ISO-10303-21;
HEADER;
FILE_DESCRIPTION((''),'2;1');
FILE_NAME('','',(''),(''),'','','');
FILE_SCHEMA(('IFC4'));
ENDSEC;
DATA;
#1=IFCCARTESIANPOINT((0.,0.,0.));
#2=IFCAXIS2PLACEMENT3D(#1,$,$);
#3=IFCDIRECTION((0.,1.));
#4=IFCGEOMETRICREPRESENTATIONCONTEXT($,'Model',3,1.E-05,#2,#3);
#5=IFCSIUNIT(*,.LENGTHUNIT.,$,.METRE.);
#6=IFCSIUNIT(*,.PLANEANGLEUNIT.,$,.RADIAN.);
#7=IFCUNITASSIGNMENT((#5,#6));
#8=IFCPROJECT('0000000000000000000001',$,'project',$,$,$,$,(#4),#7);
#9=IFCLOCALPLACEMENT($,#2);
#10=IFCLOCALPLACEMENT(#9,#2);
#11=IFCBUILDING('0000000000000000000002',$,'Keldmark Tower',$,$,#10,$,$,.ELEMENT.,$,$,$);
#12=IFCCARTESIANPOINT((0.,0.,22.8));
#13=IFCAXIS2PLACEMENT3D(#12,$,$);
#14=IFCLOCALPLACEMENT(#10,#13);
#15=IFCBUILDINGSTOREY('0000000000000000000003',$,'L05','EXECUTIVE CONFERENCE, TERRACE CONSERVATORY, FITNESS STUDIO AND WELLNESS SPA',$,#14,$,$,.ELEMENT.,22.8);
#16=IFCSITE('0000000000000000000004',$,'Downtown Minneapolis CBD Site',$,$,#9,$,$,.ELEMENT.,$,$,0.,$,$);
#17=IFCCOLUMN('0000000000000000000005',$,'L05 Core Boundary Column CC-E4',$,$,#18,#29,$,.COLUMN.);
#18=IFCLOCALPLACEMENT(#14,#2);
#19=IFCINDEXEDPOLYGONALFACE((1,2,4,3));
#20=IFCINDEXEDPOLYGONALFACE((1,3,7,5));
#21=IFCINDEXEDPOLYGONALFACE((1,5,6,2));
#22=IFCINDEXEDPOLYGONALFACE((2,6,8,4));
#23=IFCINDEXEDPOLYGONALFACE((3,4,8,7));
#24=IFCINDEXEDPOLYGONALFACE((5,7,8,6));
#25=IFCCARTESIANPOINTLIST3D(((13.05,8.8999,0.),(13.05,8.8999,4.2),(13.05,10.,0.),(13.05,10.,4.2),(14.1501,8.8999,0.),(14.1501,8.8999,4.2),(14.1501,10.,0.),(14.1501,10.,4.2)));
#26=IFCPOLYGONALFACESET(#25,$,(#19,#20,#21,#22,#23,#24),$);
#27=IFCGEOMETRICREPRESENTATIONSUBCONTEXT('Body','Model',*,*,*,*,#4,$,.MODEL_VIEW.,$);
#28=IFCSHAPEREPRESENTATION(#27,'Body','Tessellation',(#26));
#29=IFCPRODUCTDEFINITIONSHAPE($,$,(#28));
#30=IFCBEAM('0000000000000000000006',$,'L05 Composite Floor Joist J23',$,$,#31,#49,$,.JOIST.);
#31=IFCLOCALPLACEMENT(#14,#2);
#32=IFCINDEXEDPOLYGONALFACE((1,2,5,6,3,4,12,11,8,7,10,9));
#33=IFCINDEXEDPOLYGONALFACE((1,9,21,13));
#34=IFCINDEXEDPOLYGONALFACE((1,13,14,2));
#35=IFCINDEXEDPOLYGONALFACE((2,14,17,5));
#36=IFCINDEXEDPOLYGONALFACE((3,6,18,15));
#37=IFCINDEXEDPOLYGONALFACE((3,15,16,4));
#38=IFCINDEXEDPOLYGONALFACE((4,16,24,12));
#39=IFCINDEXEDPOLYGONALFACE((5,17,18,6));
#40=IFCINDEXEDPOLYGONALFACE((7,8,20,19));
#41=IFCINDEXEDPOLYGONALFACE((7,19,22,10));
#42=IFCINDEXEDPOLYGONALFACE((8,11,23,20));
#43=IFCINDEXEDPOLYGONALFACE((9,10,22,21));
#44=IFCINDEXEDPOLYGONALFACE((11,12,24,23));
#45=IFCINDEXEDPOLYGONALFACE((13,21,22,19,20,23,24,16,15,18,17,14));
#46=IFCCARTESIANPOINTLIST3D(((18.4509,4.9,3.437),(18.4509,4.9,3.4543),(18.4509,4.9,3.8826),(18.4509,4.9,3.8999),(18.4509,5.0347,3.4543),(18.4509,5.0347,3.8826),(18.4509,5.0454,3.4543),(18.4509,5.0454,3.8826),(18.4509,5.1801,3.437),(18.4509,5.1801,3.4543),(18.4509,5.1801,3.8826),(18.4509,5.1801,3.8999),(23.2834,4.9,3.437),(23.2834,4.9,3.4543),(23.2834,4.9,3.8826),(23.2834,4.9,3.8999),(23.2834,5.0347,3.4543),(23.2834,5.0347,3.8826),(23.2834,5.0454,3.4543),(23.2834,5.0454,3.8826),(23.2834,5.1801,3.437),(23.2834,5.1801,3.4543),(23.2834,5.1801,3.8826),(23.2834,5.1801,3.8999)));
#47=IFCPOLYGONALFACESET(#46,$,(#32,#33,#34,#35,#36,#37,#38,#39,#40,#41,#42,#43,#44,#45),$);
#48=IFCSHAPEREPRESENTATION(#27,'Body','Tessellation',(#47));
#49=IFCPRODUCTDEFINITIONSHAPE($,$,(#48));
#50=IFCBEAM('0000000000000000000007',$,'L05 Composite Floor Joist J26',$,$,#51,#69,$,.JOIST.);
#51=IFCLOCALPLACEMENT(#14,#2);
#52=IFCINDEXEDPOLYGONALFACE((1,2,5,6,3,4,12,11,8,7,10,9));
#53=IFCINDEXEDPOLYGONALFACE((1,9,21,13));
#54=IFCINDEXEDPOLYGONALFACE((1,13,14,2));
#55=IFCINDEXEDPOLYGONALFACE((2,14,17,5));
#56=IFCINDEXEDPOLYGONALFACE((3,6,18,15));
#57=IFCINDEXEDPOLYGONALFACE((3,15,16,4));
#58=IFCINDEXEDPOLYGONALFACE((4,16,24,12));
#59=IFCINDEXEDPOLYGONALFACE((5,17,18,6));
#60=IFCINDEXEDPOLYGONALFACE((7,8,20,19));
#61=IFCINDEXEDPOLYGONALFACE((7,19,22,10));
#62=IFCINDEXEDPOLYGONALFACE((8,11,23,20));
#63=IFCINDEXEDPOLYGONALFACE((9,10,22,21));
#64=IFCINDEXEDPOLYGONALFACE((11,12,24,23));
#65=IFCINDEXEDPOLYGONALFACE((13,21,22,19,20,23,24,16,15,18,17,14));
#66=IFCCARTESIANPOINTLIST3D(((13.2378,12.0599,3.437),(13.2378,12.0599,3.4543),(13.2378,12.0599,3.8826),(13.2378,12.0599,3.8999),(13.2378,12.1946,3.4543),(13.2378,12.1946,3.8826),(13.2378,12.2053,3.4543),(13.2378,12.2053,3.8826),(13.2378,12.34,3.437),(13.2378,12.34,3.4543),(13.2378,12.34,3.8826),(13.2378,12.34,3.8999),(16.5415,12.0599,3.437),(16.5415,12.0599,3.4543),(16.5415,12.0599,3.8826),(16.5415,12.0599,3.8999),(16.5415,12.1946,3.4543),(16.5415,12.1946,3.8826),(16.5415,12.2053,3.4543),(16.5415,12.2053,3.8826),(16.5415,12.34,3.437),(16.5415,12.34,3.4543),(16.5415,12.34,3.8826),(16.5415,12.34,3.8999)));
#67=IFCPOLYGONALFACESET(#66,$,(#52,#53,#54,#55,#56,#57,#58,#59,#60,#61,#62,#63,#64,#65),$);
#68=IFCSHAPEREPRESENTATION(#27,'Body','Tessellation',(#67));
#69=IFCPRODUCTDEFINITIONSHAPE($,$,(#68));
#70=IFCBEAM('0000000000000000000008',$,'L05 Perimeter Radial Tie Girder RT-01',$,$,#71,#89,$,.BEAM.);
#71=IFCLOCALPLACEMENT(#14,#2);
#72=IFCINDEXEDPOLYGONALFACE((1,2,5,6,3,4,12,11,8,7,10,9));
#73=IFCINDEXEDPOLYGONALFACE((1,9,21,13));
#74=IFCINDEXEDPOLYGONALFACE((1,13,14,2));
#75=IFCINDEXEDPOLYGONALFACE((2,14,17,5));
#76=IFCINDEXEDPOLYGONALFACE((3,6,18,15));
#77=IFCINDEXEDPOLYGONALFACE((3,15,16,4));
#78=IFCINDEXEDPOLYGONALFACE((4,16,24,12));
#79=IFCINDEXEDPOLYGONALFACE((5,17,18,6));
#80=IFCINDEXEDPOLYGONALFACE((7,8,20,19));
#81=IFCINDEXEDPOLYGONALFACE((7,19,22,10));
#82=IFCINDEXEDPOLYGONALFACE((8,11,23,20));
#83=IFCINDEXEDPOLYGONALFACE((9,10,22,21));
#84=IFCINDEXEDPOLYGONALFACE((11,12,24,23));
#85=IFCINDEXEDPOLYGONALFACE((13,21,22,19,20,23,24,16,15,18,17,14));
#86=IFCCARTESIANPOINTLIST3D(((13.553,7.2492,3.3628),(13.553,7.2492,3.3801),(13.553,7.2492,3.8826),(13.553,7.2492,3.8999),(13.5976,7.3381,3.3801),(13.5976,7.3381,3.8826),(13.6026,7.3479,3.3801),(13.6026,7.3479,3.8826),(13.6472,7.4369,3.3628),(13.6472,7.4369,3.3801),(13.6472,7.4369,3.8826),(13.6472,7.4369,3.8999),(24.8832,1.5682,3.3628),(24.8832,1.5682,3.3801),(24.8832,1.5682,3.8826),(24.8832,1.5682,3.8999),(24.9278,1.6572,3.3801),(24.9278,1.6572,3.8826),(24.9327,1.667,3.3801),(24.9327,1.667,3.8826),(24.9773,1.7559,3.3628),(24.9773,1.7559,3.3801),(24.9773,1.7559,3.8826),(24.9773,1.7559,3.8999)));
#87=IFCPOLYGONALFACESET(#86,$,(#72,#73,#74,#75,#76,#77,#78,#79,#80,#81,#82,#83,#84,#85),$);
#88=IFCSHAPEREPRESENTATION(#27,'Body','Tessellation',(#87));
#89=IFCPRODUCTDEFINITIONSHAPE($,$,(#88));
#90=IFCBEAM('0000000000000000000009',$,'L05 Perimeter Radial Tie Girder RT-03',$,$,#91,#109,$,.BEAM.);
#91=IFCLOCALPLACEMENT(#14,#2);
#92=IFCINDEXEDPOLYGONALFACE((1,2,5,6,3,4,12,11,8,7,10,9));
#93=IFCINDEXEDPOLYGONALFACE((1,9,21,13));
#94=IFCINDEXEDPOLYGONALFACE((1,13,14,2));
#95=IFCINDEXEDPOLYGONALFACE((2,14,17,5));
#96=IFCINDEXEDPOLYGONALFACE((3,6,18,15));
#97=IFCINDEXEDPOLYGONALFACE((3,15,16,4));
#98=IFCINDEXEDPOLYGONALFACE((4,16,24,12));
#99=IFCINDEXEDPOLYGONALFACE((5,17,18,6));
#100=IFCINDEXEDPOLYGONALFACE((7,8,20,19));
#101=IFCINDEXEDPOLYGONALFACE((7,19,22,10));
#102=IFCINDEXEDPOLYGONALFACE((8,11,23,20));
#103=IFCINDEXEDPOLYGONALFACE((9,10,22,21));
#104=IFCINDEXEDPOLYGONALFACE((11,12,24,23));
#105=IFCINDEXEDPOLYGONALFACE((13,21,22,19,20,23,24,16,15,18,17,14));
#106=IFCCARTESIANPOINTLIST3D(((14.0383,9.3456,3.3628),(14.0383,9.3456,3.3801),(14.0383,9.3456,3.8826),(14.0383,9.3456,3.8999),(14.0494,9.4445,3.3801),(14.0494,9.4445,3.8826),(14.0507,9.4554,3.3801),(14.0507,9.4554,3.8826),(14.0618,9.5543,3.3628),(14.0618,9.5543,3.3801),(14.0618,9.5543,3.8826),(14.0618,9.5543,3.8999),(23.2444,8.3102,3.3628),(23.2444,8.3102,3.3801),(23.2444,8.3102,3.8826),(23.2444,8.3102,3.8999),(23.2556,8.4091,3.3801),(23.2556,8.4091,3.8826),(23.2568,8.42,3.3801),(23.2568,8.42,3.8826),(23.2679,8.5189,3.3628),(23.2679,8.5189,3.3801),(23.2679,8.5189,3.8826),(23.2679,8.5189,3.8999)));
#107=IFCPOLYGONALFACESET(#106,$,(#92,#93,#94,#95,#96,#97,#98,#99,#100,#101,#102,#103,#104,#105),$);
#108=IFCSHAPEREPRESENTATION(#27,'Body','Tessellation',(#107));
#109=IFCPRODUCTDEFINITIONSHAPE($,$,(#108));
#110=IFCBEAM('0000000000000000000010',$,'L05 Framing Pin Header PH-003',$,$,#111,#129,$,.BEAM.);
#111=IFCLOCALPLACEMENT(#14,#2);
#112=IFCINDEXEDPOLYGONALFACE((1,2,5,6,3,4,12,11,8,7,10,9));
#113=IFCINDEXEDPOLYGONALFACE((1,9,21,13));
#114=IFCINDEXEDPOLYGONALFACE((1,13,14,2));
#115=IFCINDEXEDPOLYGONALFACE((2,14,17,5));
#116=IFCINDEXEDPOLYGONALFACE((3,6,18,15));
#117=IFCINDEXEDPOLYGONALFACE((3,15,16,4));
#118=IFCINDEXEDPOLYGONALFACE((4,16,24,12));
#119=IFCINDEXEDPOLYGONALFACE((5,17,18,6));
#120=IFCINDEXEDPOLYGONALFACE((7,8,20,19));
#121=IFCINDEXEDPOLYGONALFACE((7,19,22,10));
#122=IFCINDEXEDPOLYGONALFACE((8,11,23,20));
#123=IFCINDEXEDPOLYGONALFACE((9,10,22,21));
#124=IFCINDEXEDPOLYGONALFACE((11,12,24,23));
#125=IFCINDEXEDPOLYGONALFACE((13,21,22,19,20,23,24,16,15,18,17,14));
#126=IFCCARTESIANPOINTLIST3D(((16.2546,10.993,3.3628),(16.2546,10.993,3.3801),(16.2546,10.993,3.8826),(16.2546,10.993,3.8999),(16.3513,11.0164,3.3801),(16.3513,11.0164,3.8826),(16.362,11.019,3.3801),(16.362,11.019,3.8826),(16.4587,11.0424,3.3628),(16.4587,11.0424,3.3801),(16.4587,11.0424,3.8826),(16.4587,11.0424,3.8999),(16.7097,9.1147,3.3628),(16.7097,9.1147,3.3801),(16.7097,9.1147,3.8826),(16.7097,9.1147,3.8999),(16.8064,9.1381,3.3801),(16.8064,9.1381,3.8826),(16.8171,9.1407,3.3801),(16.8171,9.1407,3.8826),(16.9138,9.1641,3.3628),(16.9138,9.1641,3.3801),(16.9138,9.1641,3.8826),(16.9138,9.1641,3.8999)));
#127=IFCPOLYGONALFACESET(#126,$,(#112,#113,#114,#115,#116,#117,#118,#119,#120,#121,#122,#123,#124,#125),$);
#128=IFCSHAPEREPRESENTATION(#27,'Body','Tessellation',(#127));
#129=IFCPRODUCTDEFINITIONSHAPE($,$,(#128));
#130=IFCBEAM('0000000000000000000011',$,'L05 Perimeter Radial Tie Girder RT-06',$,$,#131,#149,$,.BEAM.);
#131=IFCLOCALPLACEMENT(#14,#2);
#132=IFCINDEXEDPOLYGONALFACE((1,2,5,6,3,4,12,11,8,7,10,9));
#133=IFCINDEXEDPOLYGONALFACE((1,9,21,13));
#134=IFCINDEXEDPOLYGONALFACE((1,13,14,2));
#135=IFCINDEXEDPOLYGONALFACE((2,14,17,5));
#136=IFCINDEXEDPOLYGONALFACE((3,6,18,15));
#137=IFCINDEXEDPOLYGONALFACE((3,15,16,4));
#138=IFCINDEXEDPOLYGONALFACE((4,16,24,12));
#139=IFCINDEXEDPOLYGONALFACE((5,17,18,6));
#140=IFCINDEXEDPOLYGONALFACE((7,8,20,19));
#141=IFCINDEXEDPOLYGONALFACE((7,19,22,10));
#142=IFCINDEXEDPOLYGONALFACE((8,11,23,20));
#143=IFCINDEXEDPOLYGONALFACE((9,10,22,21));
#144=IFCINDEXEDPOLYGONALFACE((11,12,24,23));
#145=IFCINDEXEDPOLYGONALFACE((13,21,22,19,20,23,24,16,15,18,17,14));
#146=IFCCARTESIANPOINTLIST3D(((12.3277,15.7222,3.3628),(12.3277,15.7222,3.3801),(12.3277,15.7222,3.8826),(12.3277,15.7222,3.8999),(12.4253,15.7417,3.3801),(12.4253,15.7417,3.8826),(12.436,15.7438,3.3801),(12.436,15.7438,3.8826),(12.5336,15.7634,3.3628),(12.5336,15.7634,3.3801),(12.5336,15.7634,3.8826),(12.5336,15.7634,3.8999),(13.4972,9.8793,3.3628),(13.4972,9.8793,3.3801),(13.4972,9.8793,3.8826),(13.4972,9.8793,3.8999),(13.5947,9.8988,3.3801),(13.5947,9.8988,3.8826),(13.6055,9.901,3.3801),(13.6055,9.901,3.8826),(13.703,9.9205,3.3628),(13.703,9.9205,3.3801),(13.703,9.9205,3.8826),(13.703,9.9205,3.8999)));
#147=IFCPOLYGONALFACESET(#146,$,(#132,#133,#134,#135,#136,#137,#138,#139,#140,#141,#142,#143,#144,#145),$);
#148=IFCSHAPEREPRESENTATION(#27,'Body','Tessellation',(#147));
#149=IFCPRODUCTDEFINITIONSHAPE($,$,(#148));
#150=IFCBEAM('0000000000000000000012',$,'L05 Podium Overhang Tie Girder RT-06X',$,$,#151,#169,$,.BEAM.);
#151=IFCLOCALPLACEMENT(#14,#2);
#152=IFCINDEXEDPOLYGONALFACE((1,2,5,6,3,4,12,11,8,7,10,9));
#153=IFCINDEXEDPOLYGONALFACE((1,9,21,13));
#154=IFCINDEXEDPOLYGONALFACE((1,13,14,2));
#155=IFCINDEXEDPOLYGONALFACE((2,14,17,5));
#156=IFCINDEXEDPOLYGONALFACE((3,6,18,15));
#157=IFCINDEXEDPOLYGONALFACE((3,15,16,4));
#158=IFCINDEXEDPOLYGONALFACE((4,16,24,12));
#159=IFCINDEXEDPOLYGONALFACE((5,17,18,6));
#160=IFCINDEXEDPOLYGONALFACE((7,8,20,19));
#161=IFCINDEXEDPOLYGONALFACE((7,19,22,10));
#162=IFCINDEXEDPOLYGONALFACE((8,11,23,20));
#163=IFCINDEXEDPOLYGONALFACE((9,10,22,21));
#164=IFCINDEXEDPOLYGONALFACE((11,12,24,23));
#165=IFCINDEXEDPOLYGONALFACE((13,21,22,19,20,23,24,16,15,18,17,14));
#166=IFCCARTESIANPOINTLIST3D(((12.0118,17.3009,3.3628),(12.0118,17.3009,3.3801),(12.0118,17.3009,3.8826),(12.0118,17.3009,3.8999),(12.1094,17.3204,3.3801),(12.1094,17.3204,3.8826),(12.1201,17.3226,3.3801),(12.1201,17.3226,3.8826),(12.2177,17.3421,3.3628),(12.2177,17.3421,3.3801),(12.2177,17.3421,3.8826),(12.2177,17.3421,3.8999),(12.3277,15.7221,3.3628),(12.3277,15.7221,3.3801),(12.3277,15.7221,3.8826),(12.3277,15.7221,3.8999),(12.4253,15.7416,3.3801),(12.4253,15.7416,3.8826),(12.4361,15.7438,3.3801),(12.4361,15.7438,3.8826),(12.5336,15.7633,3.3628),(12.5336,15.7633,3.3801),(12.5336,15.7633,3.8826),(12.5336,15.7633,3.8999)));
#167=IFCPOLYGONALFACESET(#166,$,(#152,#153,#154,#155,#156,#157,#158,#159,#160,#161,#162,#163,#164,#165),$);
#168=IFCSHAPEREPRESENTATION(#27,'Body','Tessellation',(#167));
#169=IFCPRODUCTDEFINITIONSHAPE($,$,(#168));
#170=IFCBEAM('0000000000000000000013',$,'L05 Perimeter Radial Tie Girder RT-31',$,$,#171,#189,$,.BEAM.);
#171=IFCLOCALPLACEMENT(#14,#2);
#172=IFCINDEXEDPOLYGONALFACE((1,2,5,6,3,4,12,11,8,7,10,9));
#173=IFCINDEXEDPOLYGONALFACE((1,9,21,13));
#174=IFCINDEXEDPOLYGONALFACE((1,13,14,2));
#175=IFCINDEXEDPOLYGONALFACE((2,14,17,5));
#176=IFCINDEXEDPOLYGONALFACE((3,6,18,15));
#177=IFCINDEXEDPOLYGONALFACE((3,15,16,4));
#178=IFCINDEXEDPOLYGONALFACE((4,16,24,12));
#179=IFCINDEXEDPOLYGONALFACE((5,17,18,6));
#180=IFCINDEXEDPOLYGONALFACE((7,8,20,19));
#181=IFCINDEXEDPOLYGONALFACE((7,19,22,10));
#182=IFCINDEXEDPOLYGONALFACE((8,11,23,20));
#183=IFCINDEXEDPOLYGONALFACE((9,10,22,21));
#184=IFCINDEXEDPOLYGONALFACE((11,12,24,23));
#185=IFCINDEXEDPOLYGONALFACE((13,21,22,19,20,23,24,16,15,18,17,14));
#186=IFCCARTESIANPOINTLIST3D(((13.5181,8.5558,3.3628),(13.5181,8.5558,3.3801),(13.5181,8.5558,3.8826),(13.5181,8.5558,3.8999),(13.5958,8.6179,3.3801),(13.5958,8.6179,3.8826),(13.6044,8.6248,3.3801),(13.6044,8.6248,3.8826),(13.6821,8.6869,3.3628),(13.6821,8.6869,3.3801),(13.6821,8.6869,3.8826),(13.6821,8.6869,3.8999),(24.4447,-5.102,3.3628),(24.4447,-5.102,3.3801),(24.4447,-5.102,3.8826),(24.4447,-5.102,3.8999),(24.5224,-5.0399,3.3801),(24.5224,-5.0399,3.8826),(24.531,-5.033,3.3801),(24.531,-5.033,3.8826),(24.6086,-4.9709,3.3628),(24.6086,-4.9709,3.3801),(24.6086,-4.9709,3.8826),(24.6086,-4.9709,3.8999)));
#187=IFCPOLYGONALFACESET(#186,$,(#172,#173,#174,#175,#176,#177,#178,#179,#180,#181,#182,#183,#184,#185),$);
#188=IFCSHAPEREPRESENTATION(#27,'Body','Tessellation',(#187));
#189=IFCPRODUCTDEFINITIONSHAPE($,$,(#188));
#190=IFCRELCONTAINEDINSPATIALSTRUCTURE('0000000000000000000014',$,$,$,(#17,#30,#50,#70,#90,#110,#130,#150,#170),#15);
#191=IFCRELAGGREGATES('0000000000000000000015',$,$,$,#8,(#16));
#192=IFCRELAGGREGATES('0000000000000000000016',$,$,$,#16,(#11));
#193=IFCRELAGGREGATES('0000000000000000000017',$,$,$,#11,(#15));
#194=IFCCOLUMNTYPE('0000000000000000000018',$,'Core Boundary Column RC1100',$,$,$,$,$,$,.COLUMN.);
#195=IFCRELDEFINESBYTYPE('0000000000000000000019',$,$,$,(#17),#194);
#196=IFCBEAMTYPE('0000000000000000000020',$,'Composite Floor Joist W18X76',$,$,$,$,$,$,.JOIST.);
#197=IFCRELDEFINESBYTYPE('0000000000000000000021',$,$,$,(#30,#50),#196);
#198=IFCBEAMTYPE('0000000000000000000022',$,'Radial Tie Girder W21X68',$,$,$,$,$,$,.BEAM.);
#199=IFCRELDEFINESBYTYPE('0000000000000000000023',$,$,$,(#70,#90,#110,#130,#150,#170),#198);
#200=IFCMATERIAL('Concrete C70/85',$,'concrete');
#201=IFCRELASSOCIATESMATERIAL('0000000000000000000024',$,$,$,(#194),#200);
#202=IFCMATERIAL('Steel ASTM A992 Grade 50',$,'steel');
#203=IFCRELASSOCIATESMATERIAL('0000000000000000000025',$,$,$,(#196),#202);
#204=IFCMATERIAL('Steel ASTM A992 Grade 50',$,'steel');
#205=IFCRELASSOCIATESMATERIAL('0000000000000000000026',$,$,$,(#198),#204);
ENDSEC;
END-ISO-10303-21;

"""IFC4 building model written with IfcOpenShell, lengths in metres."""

from ifc_helpers import new_model, si_unit, direction, frame, origin, origin_2d, place, context, subcontext, project, spatial, rectangle, i_section, extrude, material, material_profile, profile_set, type_object, element, save


model = new_model("IFC4")

# Units and contexts
model_context = context("Model", 3, precision=1e-05, world=origin(), true_north=direction((0.0, 1.0)))
body_context = subcontext(model_context, "Body", "Model", "MODEL_VIEW")
ifc_project = project(units=[si_unit("LENGTHUNIT", "METRE"), si_unit("PLANEANGLEUNIT", "RADIAN")], contexts=[model_context])

# Site, building, storey
site_placement = place(None, origin())
site = spatial("IfcSite", under=ifc_project, at=site_placement, Name="Downtown Minneapolis CBD Site", CompositionType="ELEMENT", RefElevation=0.0)
building_placement = place(site_placement, origin())
building = spatial("IfcBuilding", under=site, at=building_placement, Name="Keldmark Tower", CompositionType="ELEMENT")
storey_placement = place(building_placement, frame((0.0, 0.0, 22.8)))
storey = spatial("IfcBuildingStorey", under=building, at=storey_placement, Name="L05", Description="EXECUTIVE CONFERENCE, TERRACE CONSERVATORY, FITNESS STUDIO AND WELLNESS SPA", CompositionType="ELEMENT", Elevation=22.8)

# Column
ifc_material_1 = material(Name="Concrete C70/85", Category="concrete")
ifc_material_profile_1 = material_profile(ifc_material_1, rectangle(XDim=1.1001, YDim=1.1001, at=origin_2d()), Name="RC1100X1100")
ifc_profile_set_1 = profile_set([ifc_material_profile_1], Name="Concrete C70/85")
column_type = type_object("IfcColumnType", Name="Core Boundary Column RC1100", PredefinedType="COLUMN", material=ifc_profile_set_1)
column_placement = place(storey_placement, frame((13.6001, 9.45, 0.0), z_axis=(0.0, 0.0, 1.0), x_axis=(1.0, 0.0, 0.0)))
element("IfcColumn", 1, at=column_placement, inside=storey, type_object=column_type, Name="L05 Core Boundary Column CC-E4", PredefinedType="COLUMN", context=body_context, shape_type="SweptSolid", body=[
    extrude(rectangle(XDim=1.1001, YDim=1.1001, at=origin_2d()), origin(), (0.0, 0.0, 1.0), 4.2),
])

# Beams
ifc_material_2 = material(Name="Steel ASTM A992 Grade 50", Category="steel")
ifc_material_profile_2 = material_profile(ifc_material_2, i_section(OverallWidth=0.28, OverallDepth=0.4629, WebThickness=0.0107, FlangeThickness=0.0173, at=origin_2d()), Name="W18X76")
ifc_profile_set_2 = profile_set([ifc_material_profile_2], Name="Steel ASTM A992 Grade 50")
beam_type_1 = type_object("IfcBeamType", Name="Composite Floor Joist W18X76", PredefinedType="JOIST", material=ifc_profile_set_2)
beam_1_placement = place(storey_placement, frame((18.4509, 5.04, 3.6685), z_axis=(1.0, 0.0, 0.0), x_axis=(0.0, 1.0, 0.0)))
element("IfcBeam", 2, at=beam_1_placement, inside=storey, type_object=beam_type_1, Name="L05 Composite Floor Joist J23", PredefinedType="JOIST", context=body_context, shape_type="SweptSolid", body=[
    extrude(i_section(OverallWidth=0.28, OverallDepth=0.4629, WebThickness=0.0107, FlangeThickness=0.0173, at=origin_2d()), origin(), (0.0, 0.0, 1.0), 4.8325),
])
beam_2_placement = place(storey_placement, frame((13.2378, 12.2, 3.6685), z_axis=(1.0, 0.0, 0.0), x_axis=(0.0, 1.0, 0.0)))
element("IfcBeam", 3, at=beam_2_placement, inside=storey, type_object=beam_type_1, Name="L05 Composite Floor Joist J26", PredefinedType="JOIST", context=body_context, shape_type="SweptSolid", body=[
    extrude(i_section(OverallWidth=0.28, OverallDepth=0.4629, WebThickness=0.0107, FlangeThickness=0.0173, at=origin_2d()), origin(), (0.0, 0.0, 1.0), 3.3037),
])
ifc_material_3 = material(Name="Steel ASTM A992 Grade 50", Category="steel")
ifc_material_profile_3 = material_profile(ifc_material_3, i_section(OverallWidth=0.21, OverallDepth=0.5371, WebThickness=0.011, FlangeThickness=0.0173, at=origin_2d()), Name="W21X68")
ifc_profile_set_3 = profile_set([ifc_material_profile_3], Name="Steel ASTM A992 Grade 50")
beam_type_2 = type_object("IfcBeamType", Name="Radial Tie Girder W21X68", PredefinedType="BEAM", material=ifc_profile_set_3)
beam_3_placement = place(storey_placement, frame((13.6001, 7.343, 3.6313), z_axis=(0.893926, -0.448215, 0.0), x_axis=(0.448215, 0.893926, 0.0)))
element("IfcBeam", 4, at=beam_3_placement, inside=storey, type_object=beam_type_2, Name="L05 Perimeter Radial Tie Girder RT-01", PredefinedType="BEAM", context=body_context, shape_type="SweptSolid", body=[
    extrude(i_section(OverallWidth=0.21, OverallDepth=0.5371, WebThickness=0.011, FlangeThickness=0.0173, at=origin_2d()), origin(), (0.0, 0.0, 1.0), 12.6746),
])
beam_4_placement = place(storey_placement, frame((14.05, 9.45, 3.6313), z_axis=(0.993735, -0.111765, 0.0), x_axis=(0.111765, 0.993735, 0.0)))
element("IfcBeam", 5, at=beam_4_placement, inside=storey, type_object=beam_type_2, Name="L05 Perimeter Radial Tie Girder RT-03", PredefinedType="BEAM", context=body_context, shape_type="SweptSolid", body=[
    extrude(i_section(OverallWidth=0.21, OverallDepth=0.5371, WebThickness=0.011, FlangeThickness=0.0173, at=origin_2d()), origin(), (0.0, 0.0, 1.0), 9.2642),
])
beam_5_placement = place(storey_placement, frame((16.8118, 9.1394, 3.6313), z_axis=(-0.235484, 0.971878, 0.0), x_axis=(-0.971878, -0.235484, 0.0)))
element("IfcBeam", 6, at=beam_5_placement, inside=storey, type_object=beam_type_2, Name="L05 Framing Pin Header PH-003", PredefinedType="BEAM", context=body_context, shape_type="SweptSolid", body=[
    extrude(i_section(OverallWidth=0.21, OverallDepth=0.5371, WebThickness=0.011, FlangeThickness=0.0173, at=origin_2d()), origin(), (0.0, 0.0, 1.0), 1.9326),
])
beam_6_placement = place(storey_placement, frame((13.6001, 9.8999, 3.6313), z_axis=(-0.196258, 0.980552, 0.0), x_axis=(-0.980552, -0.196258, 0.0)))
element("IfcBeam", 7, at=beam_6_placement, inside=storey, type_object=beam_type_2, Name="L05 Perimeter Radial Tie Girder RT-06", PredefinedType="BEAM", context=body_context, shape_type="SweptSolid", body=[
    extrude(i_section(OverallWidth=0.21, OverallDepth=0.5371, WebThickness=0.011, FlangeThickness=0.0173, at=origin_2d()), origin(), (0.0, 0.0, 1.0), 5.9587),
])
beam_7_placement = place(storey_placement, frame((12.4307, 15.7427, 3.6313), z_axis=(-0.196204, 0.980563, 0.0), x_axis=(-0.980563, -0.196204, 0.0)))
element("IfcBeam", 8, at=beam_7_placement, inside=storey, type_object=beam_type_2, Name="L05 Podium Overhang Tie Girder RT-06X", PredefinedType="BEAM", context=body_context, shape_type="SweptSolid", body=[
    extrude(i_section(OverallWidth=0.21, OverallDepth=0.5371, WebThickness=0.011, FlangeThickness=0.0173, at=origin_2d()), origin(), (0.0, 0.0, 1.0), 1.6101),
])
beam_8_placement = place(storey_placement, frame((13.6001, 8.6213, 3.6313), z_axis=(0.624707, -0.780859, 0.0), x_axis=(0.780859, 0.624707, 0.0)))
element("IfcBeam", 9, at=beam_8_placement, inside=storey, type_object=beam_type_2, Name="L05 Perimeter Radial Tie Girder RT-31", PredefinedType="BEAM", context=body_context, shape_type="SweptSolid", body=[
    extrude(i_section(OverallWidth=0.21, OverallDepth=0.5371, WebThickness=0.011, FlangeThickness=0.0173, at=origin_2d()), origin(), (0.0, 0.0, 1.0), 17.4907),
])

save(model, "model.ifc")
